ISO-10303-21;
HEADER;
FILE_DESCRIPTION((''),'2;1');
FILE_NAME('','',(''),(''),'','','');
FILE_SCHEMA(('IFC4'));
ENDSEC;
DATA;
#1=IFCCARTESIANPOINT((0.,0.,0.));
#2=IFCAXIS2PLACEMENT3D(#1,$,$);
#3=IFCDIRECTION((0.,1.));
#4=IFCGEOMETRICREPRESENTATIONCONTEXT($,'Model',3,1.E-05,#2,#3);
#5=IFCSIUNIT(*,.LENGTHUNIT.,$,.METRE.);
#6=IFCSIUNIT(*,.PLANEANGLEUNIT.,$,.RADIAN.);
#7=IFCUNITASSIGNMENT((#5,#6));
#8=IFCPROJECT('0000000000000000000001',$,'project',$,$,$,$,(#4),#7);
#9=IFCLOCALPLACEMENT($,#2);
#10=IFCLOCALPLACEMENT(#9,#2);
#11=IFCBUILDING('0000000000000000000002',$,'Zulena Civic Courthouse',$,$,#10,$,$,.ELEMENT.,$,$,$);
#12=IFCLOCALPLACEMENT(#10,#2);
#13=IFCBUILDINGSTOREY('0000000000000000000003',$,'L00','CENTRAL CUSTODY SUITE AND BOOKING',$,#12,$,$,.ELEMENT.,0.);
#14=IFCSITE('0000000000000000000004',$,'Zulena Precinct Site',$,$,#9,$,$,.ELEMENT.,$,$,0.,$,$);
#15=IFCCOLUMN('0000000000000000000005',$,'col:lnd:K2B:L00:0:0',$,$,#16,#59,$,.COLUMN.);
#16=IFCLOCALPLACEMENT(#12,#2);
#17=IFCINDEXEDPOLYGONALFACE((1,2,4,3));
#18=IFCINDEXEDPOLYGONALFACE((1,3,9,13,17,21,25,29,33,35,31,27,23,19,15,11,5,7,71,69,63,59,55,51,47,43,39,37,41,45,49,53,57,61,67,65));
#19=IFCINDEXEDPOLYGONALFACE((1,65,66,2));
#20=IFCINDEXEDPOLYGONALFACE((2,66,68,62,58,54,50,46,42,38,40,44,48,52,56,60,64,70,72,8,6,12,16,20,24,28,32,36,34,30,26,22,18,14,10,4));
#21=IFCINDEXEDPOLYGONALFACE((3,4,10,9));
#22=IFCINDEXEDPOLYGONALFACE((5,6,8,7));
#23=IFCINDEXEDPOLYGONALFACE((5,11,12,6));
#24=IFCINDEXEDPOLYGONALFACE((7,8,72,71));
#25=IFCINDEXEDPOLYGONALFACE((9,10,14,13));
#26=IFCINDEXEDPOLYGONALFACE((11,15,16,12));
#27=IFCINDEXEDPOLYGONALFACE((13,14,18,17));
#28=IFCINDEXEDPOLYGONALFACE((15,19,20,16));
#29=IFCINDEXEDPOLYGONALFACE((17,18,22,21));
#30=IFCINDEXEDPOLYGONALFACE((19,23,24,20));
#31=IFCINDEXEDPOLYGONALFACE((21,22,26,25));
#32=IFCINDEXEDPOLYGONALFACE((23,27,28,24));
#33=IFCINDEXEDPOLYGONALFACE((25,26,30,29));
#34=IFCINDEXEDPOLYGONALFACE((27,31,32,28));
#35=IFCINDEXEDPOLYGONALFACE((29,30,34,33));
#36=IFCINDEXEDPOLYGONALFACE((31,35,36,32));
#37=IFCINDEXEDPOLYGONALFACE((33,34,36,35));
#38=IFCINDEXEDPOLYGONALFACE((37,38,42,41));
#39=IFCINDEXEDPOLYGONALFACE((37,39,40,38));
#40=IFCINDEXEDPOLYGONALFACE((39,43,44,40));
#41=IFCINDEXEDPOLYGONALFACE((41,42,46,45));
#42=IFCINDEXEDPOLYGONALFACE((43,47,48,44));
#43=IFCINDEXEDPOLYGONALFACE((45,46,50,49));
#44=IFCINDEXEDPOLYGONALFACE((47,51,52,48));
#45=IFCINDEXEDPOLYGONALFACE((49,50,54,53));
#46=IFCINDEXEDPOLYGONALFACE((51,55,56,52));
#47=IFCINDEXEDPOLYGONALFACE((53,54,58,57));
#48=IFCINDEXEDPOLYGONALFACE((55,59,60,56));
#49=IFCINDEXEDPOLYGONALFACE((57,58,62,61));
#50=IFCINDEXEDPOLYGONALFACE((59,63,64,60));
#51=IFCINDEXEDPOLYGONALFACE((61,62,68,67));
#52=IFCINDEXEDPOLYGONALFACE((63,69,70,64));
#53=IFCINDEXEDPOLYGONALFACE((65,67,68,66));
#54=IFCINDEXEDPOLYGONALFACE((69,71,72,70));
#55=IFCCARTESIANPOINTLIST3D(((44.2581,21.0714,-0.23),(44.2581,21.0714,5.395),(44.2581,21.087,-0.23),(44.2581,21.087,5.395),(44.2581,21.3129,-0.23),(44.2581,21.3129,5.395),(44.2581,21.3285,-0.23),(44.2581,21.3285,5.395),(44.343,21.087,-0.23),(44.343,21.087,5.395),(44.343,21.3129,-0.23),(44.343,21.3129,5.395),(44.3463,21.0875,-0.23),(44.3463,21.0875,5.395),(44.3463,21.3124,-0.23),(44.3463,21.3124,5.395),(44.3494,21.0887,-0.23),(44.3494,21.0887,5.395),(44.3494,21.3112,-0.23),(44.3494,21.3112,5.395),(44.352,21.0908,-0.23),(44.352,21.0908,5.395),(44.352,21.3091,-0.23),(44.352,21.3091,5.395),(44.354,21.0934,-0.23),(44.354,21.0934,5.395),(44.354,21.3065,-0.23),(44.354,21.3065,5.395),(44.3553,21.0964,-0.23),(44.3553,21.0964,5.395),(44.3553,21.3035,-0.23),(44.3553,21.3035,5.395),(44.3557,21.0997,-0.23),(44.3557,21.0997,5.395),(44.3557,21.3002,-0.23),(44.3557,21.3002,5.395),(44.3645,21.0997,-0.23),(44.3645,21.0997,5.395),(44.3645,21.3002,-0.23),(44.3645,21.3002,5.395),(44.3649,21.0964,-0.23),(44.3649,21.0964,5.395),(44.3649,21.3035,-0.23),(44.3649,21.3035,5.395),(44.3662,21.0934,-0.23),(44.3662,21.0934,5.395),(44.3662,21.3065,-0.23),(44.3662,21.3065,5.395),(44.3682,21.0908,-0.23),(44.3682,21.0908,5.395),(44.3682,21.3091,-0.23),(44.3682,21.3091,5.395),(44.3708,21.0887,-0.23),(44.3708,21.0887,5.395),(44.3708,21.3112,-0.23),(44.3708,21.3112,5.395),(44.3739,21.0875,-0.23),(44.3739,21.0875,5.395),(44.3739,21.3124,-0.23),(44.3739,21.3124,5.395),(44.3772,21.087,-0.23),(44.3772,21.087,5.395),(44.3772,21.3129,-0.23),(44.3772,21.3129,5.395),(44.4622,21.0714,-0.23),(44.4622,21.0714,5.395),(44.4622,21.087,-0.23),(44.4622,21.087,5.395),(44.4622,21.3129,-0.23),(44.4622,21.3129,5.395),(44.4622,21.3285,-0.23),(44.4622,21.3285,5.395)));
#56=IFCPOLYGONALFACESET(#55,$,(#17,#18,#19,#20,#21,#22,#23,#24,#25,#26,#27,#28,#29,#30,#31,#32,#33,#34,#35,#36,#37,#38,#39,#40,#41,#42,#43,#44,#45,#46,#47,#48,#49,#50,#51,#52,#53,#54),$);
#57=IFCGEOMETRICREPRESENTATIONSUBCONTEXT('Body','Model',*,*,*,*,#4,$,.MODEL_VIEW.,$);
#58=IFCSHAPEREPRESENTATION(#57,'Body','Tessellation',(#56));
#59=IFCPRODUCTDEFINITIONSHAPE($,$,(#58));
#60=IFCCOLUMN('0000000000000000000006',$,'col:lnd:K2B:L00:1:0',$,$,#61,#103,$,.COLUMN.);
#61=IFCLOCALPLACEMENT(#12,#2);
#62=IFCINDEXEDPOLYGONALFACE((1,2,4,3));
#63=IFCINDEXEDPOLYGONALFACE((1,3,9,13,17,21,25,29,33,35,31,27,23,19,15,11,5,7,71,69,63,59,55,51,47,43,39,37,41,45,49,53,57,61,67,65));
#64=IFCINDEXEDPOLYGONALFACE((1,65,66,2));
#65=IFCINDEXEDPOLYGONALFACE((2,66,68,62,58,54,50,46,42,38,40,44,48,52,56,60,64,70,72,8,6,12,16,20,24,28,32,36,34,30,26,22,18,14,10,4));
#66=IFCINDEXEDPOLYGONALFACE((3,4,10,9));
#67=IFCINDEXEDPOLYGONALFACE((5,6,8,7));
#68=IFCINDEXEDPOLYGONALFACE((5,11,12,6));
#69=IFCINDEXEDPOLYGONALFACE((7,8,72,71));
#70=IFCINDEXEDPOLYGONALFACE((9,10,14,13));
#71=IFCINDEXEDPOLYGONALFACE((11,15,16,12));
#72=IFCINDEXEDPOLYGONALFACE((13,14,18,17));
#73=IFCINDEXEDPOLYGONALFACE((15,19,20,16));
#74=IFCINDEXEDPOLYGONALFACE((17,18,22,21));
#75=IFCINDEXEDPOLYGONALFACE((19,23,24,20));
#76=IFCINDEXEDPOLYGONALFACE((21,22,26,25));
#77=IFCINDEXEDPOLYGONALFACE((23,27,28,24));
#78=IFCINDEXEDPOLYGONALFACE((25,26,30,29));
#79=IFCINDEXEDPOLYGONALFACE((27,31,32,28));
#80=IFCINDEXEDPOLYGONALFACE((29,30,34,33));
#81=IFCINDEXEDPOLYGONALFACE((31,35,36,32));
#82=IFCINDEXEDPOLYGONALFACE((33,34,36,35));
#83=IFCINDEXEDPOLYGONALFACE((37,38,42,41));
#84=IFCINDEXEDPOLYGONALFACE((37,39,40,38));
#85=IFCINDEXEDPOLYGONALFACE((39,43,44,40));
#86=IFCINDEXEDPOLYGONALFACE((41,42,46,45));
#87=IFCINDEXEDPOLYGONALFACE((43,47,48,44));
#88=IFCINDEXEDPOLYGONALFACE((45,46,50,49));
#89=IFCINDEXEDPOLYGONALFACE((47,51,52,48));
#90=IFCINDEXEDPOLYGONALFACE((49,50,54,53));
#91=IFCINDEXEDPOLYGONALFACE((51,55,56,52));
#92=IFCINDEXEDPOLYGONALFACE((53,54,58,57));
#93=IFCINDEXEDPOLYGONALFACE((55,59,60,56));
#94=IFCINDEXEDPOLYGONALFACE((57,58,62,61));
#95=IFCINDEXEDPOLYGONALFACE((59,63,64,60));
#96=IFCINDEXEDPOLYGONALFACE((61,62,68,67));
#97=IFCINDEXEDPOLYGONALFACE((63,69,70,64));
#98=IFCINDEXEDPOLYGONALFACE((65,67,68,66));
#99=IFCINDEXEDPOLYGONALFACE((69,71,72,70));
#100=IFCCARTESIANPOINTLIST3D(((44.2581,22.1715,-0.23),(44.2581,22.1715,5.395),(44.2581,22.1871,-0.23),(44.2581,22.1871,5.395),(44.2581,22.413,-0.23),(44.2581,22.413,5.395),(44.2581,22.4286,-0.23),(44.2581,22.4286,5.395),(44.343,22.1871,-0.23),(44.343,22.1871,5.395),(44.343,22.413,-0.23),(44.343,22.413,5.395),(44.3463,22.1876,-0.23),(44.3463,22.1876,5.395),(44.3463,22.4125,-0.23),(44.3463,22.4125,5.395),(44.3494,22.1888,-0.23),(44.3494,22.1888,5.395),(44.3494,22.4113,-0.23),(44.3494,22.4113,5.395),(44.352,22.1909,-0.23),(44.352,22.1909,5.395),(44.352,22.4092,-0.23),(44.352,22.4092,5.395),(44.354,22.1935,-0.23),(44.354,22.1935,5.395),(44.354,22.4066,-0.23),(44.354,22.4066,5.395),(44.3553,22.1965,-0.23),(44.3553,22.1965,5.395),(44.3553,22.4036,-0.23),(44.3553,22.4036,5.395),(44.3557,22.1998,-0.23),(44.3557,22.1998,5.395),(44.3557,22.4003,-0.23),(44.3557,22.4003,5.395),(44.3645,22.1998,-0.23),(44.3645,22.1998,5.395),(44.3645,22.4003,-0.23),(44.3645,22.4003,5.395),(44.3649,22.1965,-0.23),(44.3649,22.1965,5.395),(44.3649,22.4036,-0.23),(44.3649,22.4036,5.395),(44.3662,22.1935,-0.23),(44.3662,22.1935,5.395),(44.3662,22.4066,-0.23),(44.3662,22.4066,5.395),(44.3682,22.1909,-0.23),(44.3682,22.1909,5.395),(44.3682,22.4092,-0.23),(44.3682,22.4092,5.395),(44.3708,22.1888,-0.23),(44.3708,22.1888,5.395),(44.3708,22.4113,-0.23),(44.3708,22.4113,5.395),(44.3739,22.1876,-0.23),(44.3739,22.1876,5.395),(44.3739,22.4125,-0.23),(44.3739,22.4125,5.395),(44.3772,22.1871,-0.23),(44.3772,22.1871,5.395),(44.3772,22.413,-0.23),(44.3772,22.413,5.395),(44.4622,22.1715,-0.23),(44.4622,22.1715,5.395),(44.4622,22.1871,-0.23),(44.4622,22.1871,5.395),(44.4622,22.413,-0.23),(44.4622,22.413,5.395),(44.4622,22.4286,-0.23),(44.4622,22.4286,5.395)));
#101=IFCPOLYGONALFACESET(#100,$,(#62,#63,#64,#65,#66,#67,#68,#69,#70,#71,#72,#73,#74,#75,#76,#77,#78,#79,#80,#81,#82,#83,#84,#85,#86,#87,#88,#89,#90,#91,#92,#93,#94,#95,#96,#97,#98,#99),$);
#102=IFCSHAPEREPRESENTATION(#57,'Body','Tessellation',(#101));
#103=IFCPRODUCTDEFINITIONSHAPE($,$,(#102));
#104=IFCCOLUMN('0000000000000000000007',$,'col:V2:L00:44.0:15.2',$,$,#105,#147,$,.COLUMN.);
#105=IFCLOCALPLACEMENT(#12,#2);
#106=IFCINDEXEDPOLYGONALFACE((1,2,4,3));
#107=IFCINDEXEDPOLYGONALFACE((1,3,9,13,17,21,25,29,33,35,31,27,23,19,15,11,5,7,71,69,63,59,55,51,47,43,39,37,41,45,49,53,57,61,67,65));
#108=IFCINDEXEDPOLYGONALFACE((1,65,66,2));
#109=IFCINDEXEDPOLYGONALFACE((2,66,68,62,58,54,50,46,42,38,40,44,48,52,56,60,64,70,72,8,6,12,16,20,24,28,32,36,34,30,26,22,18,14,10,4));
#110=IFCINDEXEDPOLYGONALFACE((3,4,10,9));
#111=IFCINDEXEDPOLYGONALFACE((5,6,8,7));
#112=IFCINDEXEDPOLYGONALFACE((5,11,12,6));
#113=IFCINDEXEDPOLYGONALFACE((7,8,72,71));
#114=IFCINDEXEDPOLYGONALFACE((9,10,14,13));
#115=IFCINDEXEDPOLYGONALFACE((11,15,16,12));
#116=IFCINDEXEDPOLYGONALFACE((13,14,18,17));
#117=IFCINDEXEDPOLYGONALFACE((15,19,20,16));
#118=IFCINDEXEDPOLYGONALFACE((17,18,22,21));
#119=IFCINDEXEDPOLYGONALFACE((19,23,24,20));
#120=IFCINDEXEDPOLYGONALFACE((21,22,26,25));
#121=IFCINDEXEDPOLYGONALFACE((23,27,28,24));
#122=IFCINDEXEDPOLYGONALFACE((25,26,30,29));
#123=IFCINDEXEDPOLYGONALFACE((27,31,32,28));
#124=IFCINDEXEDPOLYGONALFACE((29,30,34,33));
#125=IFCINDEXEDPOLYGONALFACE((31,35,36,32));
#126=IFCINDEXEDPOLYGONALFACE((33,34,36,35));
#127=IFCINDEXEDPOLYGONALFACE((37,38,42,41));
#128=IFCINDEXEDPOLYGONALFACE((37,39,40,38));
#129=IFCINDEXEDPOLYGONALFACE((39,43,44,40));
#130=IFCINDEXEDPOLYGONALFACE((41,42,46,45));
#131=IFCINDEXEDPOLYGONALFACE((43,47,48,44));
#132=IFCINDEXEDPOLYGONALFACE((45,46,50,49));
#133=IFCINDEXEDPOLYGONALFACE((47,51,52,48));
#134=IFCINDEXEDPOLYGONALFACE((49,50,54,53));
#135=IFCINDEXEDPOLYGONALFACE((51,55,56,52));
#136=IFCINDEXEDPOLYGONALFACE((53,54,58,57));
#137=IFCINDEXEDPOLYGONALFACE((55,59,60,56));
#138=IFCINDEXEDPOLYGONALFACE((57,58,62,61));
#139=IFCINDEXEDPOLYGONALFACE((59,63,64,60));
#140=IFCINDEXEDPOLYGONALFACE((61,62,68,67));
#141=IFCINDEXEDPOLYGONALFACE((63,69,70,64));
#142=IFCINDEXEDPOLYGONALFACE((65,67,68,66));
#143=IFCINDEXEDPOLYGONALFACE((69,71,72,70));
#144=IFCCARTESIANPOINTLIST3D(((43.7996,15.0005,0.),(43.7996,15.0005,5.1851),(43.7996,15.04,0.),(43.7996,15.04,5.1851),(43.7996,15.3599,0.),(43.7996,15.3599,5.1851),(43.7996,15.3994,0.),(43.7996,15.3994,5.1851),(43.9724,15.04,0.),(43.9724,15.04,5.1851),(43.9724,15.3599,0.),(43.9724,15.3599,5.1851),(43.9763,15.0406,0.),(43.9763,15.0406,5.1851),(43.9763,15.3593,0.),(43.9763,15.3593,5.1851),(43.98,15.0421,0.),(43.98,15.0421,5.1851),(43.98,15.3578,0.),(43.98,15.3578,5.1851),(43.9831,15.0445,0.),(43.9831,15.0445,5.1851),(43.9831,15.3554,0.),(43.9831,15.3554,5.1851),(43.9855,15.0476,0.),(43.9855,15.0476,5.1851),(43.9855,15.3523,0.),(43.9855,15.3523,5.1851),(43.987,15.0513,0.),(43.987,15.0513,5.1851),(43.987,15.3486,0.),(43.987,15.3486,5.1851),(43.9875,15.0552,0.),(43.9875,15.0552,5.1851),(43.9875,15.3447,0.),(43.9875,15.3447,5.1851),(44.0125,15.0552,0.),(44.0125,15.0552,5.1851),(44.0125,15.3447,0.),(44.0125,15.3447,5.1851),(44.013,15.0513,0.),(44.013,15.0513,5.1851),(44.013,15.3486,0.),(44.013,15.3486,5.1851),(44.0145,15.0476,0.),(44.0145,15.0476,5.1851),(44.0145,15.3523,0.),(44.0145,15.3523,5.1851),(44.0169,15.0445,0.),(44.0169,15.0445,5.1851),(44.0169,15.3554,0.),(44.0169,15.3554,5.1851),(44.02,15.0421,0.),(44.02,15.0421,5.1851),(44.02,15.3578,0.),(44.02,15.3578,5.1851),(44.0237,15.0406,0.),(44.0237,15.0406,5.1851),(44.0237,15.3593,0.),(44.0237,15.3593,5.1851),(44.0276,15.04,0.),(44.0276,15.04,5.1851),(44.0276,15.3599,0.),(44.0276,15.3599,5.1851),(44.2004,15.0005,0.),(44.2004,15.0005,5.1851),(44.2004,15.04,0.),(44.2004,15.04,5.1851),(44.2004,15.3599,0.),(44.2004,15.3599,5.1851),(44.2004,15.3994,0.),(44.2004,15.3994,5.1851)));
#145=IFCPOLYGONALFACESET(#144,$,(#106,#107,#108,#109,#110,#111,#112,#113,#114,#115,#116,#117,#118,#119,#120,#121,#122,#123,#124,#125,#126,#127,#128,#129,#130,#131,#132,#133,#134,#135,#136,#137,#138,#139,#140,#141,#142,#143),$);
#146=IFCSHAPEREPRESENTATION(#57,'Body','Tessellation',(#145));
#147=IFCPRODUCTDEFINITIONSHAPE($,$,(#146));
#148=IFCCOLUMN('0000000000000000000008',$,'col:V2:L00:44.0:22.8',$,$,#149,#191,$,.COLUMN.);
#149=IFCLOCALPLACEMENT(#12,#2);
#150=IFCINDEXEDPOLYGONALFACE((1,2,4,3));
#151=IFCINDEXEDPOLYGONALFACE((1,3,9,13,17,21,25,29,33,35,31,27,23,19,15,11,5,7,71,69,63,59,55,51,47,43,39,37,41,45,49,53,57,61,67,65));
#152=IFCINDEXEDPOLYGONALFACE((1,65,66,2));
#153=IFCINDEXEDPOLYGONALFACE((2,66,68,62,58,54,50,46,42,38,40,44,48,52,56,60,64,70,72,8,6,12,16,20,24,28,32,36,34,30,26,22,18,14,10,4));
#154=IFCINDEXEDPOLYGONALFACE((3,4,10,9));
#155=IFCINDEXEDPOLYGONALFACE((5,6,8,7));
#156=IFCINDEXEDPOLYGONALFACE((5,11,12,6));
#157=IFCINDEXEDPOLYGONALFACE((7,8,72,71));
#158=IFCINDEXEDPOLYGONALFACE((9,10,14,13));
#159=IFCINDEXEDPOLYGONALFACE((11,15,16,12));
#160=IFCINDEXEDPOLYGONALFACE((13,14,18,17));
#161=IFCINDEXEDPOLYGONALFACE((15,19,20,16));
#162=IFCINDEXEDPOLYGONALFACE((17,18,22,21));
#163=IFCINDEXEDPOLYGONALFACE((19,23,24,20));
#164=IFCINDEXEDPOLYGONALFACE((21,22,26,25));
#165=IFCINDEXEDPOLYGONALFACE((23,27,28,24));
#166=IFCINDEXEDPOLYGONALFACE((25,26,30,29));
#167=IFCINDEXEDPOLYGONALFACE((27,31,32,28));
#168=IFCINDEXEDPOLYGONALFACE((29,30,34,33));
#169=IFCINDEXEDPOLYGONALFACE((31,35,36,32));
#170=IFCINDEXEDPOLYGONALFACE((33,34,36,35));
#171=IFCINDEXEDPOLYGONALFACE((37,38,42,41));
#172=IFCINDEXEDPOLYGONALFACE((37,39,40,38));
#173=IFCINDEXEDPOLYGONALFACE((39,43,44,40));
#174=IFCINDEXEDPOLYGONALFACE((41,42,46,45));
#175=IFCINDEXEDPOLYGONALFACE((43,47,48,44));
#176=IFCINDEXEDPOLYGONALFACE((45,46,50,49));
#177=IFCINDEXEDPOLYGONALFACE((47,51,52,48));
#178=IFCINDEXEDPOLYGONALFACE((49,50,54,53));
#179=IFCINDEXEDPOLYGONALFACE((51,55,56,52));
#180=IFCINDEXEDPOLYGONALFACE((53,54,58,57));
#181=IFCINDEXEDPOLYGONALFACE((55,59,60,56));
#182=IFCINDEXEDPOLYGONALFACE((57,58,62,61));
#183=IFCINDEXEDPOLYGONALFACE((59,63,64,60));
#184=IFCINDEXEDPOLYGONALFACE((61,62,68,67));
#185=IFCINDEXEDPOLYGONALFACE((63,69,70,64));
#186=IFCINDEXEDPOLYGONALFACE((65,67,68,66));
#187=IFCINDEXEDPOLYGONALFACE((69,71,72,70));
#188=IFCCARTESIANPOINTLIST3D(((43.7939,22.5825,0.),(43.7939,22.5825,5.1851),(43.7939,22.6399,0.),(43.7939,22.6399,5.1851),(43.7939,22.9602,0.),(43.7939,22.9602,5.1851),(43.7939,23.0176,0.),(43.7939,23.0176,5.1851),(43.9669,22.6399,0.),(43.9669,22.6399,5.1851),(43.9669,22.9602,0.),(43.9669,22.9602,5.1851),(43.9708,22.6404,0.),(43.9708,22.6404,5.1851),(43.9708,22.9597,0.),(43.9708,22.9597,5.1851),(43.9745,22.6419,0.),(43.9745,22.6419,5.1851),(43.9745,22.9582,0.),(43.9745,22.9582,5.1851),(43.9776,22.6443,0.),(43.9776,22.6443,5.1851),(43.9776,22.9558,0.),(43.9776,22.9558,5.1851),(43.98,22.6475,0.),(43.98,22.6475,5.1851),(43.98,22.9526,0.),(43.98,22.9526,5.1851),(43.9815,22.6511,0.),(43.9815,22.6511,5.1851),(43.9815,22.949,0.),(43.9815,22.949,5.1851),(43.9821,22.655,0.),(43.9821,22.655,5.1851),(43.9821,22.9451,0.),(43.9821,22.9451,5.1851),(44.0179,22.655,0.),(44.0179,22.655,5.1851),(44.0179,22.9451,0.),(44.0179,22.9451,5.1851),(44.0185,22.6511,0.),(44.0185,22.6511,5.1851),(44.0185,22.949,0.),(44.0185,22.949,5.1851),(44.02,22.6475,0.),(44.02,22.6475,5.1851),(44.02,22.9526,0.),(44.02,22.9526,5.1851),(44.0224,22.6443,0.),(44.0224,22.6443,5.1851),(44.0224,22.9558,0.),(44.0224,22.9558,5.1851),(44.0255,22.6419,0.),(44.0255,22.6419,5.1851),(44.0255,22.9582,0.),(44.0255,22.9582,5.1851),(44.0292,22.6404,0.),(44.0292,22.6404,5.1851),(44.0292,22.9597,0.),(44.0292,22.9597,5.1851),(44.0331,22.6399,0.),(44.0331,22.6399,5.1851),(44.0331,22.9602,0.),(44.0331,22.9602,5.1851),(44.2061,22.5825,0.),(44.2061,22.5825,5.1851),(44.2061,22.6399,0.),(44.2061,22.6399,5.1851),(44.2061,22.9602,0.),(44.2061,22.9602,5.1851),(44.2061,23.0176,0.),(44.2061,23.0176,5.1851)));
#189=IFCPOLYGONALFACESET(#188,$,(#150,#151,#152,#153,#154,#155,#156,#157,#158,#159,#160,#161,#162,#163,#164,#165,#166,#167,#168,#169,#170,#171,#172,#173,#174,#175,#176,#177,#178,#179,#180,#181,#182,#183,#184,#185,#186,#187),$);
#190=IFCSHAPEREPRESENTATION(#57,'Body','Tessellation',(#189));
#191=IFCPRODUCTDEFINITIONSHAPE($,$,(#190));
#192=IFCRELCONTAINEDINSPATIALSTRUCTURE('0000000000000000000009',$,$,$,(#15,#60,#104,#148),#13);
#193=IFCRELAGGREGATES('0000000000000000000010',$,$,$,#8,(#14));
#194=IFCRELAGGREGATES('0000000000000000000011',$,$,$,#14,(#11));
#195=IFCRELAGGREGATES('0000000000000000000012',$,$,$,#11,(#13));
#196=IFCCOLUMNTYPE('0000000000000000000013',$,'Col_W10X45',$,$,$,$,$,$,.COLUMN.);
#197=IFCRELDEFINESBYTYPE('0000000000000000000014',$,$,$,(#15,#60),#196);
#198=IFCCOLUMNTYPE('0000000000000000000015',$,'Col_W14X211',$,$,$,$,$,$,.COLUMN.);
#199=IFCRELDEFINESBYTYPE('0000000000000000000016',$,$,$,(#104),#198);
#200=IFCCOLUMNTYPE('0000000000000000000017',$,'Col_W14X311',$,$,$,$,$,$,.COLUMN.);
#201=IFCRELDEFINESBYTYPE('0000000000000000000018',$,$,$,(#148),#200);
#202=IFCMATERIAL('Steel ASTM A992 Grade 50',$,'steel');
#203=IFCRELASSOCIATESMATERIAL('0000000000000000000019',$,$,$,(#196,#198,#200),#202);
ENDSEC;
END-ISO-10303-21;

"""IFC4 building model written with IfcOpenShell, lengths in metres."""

from ifc_helpers import new_model, si_unit, direction, frame, origin, origin_2d, place, context, subcontext, project, spatial, i_section, extrude, material, material_profile, profile_set, type_object, element, save


model = new_model("IFC4")

# Units and contexts
model_context = context("Model", 3, precision=1e-05, world=origin(), true_north=direction((0.0, 1.0)))
body_context = subcontext(model_context, "Body", "Model", "MODEL_VIEW")
ifc_project = project(units=[si_unit("LENGTHUNIT", "METRE"), si_unit("PLANEANGLEUNIT", "RADIAN")], contexts=[model_context])

# Site, building, storey
site_placement = place(None, origin())
site = spatial("IfcSite", under=ifc_project, at=site_placement, Name="Zulena Precinct Site", CompositionType="ELEMENT", RefElevation=0.0)
building_placement = place(site_placement, origin())
building = spatial("IfcBuilding", under=site, at=building_placement, Name="Zulena Civic Courthouse", CompositionType="ELEMENT")
storey_placement = place(building_placement, origin())
storey = spatial("IfcBuildingStorey", under=building, at=storey_placement, Name="L00", Description="CENTRAL CUSTODY SUITE AND BOOKING", CompositionType="ELEMENT", Elevation=0.0)

# Columns
ifc_material_1 = material(Name="Steel ASTM A992 Grade 50", Category="steel")
ifc_material_profile_1 = material_profile(ifc_material_1, i_section(OverallWidth=0.2041, OverallDepth=0.2571, WebThickness=0.0088, FlangeThickness=0.0156, FilletRadius=0.0127, at=origin_2d()), Name="W10X45")
ifc_profile_set_1 = profile_set([ifc_material_profile_1], Name="Steel ASTM A992 Grade 50")
column_type_1 = type_object("IfcColumnType", Name="Col_W10X45", PredefinedType="COLUMN", material=ifc_profile_set_1)
for number, where, z_axis, x_axis, name in (
    (1, (44.3601, 21.2, -0.23), (0.0, 0.0, 1.0), (1.0, 0.0, 0.0), "col:lnd:K2B:L00:0:0"),
    (2, (44.3601, 22.3, -0.23), (0.0, 0.0, 1.0), (1.0, 0.0, 0.0), "col:lnd:K2B:L00:1:0"),
):
    element("IfcColumn", number, at=place(storey_placement, frame(where, z_axis=z_axis, x_axis=x_axis)), inside=storey, type_object=column_type_1, Name=name, PredefinedType="COLUMN", context=body_context, shape_type="SweptSolid", body=[
        extrude(i_section(OverallWidth=0.2041, OverallDepth=0.2571, WebThickness=0.0088, FlangeThickness=0.0156, FilletRadius=0.0127, at=origin_2d()), origin(), (0.0, 0.0, 1.0), 5.625),
    ])
ifc_material_profile_2 = material_profile(ifc_material_1, i_section(OverallWidth=0.4009, OverallDepth=0.3989, WebThickness=0.0249, FlangeThickness=0.0396, FilletRadius=0.0151, at=origin_2d()), Name="W14X211")
ifc_profile_set_2 = profile_set([ifc_material_profile_2], Name="Steel ASTM A992 Grade 50")
column_type_2 = type_object("IfcColumnType", Name="Col_W14X211", PredefinedType="COLUMN", material=ifc_profile_set_2)
column_1_placement = place(storey_placement, frame((44.0, 15.2, 0.0), z_axis=(0.0, 0.0, 1.0), x_axis=(1.0, 0.0, 0.0)))
element("IfcColumn", 3, at=column_1_placement, inside=storey, type_object=column_type_2, Name="col:V2:L00:44.0:15.2", PredefinedType="COLUMN", context=body_context, shape_type="SweptSolid", body=[
    extrude(i_section(OverallWidth=0.4009, OverallDepth=0.3989, WebThickness=0.0249, FlangeThickness=0.0396, FilletRadius=0.0151, at=origin_2d()), origin(), (0.0, 0.0, 1.0), 5.1851),
])
ifc_material_profile_3 = material_profile(ifc_material_1, i_section(OverallWidth=0.4121, OverallDepth=0.4351, WebThickness=0.0359, FlangeThickness=0.0574, FilletRadius=0.0151, at=origin_2d()), Name="W14X311")
ifc_profile_set_3 = profile_set([ifc_material_profile_3], Name="Steel ASTM A992 Grade 50")
column_type_3 = type_object("IfcColumnType", Name="Col_W14X311", PredefinedType="COLUMN", material=ifc_profile_set_3)
column_2_placement = place(storey_placement, frame((44.0, 22.8, 0.0), z_axis=(0.0, 0.0, 1.0), x_axis=(1.0, 0.0, 0.0)))
element("IfcColumn", 4, at=column_2_placement, inside=storey, type_object=column_type_3, Name="col:V2:L00:44.0:22.8", PredefinedType="COLUMN", context=body_context, shape_type="SweptSolid", body=[
    extrude(i_section(OverallWidth=0.4121, OverallDepth=0.4351, WebThickness=0.0359, FlangeThickness=0.0574, FilletRadius=0.0151, at=origin_2d()), origin(), (0.0, 0.0, 1.0), 5.1851),
])

save(model, "model.ifc")
